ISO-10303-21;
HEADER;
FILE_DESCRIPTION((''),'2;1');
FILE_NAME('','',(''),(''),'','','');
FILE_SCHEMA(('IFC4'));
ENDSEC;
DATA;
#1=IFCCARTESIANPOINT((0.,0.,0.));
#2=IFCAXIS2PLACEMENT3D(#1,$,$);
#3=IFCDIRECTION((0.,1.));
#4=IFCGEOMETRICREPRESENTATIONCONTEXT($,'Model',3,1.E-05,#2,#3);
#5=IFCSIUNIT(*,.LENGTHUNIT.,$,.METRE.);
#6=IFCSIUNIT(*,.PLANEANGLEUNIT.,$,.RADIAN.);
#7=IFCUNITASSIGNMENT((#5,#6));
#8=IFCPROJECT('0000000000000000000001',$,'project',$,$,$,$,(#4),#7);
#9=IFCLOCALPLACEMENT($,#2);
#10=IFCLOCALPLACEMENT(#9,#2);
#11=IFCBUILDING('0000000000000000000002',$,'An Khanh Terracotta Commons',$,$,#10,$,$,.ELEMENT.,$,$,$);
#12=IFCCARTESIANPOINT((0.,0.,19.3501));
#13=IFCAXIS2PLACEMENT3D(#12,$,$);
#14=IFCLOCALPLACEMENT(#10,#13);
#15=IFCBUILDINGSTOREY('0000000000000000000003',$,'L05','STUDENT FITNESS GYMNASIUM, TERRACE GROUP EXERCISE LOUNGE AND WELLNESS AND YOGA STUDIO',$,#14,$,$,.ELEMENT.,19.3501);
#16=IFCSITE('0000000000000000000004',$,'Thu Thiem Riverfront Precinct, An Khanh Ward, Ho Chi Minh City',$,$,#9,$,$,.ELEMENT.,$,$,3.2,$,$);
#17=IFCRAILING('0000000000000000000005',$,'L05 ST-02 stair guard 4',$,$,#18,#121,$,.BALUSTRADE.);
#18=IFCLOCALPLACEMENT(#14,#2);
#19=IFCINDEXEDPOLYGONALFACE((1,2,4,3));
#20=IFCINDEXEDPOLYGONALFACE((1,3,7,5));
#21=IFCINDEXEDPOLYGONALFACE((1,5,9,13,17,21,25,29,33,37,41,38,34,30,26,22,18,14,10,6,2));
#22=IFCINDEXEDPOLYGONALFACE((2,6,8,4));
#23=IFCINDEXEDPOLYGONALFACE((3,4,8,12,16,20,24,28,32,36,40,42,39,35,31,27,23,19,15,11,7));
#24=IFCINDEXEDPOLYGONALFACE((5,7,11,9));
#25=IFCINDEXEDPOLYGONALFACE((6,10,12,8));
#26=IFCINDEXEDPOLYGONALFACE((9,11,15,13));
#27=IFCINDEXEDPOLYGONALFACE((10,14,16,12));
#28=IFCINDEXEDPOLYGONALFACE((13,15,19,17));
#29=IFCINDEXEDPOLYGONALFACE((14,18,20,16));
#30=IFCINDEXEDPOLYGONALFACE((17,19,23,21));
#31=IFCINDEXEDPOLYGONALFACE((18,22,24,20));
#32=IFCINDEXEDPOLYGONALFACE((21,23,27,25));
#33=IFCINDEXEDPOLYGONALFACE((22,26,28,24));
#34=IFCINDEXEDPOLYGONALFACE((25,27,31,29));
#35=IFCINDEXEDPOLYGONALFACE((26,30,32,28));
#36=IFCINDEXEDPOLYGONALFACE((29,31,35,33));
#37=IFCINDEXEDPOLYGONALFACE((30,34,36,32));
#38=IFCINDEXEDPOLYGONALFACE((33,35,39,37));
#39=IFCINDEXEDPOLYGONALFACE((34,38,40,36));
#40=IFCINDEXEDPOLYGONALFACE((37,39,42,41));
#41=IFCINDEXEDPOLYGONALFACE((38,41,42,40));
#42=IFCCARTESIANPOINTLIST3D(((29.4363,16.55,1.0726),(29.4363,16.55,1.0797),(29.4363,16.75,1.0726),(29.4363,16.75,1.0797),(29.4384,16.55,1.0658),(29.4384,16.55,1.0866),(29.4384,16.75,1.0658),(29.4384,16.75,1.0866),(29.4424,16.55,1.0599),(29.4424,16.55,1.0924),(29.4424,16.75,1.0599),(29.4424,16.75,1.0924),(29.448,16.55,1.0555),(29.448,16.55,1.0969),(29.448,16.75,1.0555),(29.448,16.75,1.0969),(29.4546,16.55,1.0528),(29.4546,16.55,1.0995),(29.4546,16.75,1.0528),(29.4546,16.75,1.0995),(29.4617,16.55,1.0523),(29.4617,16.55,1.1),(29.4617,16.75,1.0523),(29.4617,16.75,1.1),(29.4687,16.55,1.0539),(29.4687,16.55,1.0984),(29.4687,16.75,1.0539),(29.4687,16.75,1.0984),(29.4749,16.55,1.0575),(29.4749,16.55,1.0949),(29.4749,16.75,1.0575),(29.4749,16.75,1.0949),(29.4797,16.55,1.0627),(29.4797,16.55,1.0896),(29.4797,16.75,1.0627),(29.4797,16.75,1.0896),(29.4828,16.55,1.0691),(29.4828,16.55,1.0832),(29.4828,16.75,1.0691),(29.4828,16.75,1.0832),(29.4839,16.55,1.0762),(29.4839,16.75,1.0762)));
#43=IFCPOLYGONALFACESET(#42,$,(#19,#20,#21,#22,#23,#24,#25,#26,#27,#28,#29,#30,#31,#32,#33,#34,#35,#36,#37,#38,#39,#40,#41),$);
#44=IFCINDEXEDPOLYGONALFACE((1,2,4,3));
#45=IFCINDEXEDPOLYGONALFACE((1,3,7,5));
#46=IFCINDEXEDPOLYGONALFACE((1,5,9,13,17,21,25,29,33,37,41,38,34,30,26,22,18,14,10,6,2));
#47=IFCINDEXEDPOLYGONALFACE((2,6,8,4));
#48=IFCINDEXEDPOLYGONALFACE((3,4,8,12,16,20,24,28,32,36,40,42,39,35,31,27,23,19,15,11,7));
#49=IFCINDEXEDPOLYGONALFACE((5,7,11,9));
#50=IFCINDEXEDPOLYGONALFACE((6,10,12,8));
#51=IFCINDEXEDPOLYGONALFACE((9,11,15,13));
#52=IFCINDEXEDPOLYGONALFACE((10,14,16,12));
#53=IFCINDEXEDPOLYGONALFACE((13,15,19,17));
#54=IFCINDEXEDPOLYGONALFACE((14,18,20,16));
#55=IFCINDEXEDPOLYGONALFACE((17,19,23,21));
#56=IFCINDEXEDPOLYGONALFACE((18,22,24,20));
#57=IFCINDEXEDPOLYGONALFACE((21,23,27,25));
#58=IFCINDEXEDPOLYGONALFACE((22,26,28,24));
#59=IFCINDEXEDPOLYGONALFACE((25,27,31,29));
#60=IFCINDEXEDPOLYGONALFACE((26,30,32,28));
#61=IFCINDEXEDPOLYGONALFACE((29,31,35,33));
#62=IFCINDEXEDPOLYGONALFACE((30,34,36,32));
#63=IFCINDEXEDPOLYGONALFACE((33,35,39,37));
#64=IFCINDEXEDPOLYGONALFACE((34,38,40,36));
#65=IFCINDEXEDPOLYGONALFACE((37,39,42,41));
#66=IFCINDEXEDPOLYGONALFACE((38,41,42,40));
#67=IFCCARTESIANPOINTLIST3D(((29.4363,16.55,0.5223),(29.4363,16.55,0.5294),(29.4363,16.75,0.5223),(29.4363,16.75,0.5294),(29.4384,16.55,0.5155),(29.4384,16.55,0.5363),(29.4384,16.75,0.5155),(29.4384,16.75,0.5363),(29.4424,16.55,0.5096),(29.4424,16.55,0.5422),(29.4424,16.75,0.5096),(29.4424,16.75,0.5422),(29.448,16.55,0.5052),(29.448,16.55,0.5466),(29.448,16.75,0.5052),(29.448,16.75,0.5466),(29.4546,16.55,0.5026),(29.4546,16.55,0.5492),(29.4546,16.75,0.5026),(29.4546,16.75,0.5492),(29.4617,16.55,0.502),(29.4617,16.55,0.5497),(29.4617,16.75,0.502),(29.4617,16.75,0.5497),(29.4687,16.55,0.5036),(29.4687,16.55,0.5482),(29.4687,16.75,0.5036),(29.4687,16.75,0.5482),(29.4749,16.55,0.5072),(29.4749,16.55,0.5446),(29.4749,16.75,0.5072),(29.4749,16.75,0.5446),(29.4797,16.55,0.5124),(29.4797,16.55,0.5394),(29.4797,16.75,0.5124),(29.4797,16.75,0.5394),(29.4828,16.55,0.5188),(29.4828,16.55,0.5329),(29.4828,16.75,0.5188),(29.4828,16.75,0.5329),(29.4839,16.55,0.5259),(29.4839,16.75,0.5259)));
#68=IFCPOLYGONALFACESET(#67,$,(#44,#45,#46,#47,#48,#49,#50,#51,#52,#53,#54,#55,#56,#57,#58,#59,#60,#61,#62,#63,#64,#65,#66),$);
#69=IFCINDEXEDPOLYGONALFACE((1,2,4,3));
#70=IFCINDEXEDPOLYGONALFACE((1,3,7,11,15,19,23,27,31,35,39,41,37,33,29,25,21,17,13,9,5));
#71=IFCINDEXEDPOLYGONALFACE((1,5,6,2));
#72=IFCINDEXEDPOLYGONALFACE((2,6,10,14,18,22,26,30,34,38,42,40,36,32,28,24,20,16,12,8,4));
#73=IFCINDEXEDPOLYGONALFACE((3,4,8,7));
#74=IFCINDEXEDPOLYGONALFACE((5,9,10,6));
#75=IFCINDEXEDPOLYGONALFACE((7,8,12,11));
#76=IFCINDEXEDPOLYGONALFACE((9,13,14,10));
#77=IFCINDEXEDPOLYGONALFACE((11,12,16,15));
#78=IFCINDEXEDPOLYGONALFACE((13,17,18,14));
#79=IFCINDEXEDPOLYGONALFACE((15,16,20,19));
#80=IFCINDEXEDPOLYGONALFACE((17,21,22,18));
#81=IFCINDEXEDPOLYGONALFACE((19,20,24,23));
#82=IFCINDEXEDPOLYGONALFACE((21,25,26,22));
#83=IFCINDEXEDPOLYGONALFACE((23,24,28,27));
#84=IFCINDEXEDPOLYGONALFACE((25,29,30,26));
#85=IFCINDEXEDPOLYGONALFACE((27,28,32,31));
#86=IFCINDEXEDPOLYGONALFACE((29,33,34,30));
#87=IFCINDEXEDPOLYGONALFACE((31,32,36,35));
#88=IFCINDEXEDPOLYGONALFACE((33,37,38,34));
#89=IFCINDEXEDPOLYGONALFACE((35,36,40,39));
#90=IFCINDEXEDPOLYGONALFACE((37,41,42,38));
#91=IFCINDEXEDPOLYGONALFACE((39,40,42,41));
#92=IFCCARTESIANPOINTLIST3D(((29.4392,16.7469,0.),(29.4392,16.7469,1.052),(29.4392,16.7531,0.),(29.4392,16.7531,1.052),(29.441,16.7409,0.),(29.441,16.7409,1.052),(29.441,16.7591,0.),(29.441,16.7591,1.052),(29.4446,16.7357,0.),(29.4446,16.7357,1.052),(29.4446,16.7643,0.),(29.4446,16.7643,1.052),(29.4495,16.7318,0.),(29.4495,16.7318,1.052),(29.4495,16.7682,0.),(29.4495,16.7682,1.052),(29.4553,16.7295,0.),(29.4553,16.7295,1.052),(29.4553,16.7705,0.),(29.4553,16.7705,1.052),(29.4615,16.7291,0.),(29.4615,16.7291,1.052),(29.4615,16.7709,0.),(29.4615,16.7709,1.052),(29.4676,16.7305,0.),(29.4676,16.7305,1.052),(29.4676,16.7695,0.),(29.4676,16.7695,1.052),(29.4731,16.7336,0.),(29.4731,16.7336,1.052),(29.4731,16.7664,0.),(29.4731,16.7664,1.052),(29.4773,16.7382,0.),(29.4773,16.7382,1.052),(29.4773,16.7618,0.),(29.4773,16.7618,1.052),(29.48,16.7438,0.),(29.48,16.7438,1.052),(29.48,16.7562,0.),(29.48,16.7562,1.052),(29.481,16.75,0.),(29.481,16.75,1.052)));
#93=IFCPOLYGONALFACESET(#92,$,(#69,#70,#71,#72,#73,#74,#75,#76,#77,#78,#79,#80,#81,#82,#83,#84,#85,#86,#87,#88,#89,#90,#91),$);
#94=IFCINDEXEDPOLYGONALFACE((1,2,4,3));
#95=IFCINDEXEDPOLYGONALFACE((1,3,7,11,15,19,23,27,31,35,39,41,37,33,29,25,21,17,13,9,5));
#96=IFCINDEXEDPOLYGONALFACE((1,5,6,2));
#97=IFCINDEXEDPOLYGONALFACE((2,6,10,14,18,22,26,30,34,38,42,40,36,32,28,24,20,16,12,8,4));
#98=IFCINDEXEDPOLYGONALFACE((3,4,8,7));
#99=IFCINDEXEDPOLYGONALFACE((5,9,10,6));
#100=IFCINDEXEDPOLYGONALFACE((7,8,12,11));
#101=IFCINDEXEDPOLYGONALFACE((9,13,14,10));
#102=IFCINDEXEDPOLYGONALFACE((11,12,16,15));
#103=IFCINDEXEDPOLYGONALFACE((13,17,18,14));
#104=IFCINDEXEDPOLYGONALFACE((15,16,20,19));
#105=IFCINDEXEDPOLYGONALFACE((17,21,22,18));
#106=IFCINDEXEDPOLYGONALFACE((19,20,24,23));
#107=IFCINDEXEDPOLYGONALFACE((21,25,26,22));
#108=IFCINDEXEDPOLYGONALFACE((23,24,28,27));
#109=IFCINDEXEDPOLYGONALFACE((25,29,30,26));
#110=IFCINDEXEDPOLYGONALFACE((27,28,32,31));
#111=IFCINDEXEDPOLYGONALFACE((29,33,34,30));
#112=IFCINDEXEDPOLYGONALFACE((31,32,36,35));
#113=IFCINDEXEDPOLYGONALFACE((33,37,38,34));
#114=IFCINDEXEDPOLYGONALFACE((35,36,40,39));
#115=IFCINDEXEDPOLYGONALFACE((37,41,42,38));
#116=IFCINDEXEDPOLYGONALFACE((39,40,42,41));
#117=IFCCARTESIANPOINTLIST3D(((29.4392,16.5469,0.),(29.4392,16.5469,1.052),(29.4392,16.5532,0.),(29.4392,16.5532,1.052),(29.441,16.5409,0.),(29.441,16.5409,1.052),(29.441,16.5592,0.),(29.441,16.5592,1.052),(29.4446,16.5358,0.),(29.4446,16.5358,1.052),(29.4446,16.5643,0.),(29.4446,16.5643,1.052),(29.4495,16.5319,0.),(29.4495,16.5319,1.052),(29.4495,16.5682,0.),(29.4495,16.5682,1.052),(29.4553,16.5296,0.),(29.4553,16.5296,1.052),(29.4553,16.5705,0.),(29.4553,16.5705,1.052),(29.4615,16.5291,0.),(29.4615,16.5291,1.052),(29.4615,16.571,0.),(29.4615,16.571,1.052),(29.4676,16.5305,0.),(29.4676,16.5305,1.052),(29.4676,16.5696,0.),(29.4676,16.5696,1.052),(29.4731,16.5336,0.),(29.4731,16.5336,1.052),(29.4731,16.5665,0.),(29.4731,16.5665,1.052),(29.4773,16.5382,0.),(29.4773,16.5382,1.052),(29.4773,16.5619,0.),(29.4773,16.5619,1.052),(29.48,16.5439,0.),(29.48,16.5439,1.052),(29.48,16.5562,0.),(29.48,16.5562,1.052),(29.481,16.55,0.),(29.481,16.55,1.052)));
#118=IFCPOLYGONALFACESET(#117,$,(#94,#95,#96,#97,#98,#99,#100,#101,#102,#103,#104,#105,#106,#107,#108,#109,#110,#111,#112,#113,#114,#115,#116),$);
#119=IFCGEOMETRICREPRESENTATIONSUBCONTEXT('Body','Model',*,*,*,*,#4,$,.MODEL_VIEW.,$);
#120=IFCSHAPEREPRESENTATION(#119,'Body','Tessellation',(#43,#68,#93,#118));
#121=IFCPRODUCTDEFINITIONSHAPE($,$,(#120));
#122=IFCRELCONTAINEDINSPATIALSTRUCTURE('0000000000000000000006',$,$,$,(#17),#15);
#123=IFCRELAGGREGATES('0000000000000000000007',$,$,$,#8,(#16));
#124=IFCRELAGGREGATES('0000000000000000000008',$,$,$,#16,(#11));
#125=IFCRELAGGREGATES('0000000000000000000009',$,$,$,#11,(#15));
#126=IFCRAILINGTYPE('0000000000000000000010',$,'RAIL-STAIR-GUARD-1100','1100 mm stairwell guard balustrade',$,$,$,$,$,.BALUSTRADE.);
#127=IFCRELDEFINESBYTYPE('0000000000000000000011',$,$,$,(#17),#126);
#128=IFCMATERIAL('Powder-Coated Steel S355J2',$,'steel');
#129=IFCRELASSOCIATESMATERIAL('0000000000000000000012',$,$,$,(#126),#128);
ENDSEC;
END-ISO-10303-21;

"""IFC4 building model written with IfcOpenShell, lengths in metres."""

from ifc_helpers import new_model, si_unit, direction, frame, origin, origin_2d, place, context, subcontext, project, spatial, circle, extrude, material, type_object, element, save


model = new_model("IFC4")

# Units and contexts
model_context = context("Model", 3, precision=1e-05, world=origin(), true_north=direction((0.0, 1.0)))
body_context = subcontext(model_context, "Body", "Model", "MODEL_VIEW")
ifc_project = project(units=[si_unit("LENGTHUNIT", "METRE"), si_unit("PLANEANGLEUNIT", "RADIAN")], contexts=[model_context])

# Site, building, storey
site_placement = place(None, origin())
site = spatial("IfcSite", under=ifc_project, at=site_placement, Name="Thu Thiem Riverfront Precinct, An Khanh Ward, Ho Chi Minh City", CompositionType="ELEMENT", RefElevation=3.2)
building_placement = place(site_placement, origin())
building = spatial("IfcBuilding", under=site, at=building_placement, Name="An Khanh Terracotta Commons", CompositionType="ELEMENT")
storey_placement = place(building_placement, frame((0.0, 0.0, 19.3501)))
storey = spatial("IfcBuildingStorey", under=building, at=storey_placement, Name="L05", Description="STUDENT FITNESS GYMNASIUM, TERRACE GROUP EXERCISE LOUNGE AND WELLNESS AND YOGA STUDIO", CompositionType="ELEMENT", Elevation=19.3501)

# Railing
ifc_material_1 = material(Name="Powder-Coated Steel S355J2", Category="steel")
railing_type_1 = type_object("IfcRailingType", Name="RAIL-STAIR-GUARD-1100", Description="1100 mm stairwell guard balustrade", PredefinedType="BALUSTRADE", material=ifc_material_1)
railing_1_placement = place(storey_placement, frame((29.46, 16.75, 0.0)))
element("IfcRailing", 1, at=railing_1_placement, inside=storey, type_object=railing_type_1, Name="L05 ST-02 stair guard 4", PredefinedType="BALUSTRADE", context=body_context, shape_type="SweptSolid", body=[
    extrude(circle(Radius=0.0239, at=origin_2d()), frame((0.0, 0.0, 1.0762), z_axis=(0.0, -1.0, 0.0), x_axis=(1.0, 0.0, 0.0)), (0.0, 0.0, 1.0), 0.2),
    extrude(circle(Radius=0.0239, at=origin_2d()), frame((0.0, 0.0, 0.5259), z_axis=(0.0, -1.0, 0.0), x_axis=(1.0, 0.0, 0.0)), (0.0, 0.0, 1.0), 0.2),
    extrude(circle(Radius=0.021, at=origin_2d()), origin(), (0.0, 0.0, 1.0), 1.052),
    extrude(circle(Radius=0.021, at=origin_2d()), frame((0.0, -0.2, 0.0)), (0.0, 0.0, 1.0), 1.052),
])

save(model, "model.ifc")
